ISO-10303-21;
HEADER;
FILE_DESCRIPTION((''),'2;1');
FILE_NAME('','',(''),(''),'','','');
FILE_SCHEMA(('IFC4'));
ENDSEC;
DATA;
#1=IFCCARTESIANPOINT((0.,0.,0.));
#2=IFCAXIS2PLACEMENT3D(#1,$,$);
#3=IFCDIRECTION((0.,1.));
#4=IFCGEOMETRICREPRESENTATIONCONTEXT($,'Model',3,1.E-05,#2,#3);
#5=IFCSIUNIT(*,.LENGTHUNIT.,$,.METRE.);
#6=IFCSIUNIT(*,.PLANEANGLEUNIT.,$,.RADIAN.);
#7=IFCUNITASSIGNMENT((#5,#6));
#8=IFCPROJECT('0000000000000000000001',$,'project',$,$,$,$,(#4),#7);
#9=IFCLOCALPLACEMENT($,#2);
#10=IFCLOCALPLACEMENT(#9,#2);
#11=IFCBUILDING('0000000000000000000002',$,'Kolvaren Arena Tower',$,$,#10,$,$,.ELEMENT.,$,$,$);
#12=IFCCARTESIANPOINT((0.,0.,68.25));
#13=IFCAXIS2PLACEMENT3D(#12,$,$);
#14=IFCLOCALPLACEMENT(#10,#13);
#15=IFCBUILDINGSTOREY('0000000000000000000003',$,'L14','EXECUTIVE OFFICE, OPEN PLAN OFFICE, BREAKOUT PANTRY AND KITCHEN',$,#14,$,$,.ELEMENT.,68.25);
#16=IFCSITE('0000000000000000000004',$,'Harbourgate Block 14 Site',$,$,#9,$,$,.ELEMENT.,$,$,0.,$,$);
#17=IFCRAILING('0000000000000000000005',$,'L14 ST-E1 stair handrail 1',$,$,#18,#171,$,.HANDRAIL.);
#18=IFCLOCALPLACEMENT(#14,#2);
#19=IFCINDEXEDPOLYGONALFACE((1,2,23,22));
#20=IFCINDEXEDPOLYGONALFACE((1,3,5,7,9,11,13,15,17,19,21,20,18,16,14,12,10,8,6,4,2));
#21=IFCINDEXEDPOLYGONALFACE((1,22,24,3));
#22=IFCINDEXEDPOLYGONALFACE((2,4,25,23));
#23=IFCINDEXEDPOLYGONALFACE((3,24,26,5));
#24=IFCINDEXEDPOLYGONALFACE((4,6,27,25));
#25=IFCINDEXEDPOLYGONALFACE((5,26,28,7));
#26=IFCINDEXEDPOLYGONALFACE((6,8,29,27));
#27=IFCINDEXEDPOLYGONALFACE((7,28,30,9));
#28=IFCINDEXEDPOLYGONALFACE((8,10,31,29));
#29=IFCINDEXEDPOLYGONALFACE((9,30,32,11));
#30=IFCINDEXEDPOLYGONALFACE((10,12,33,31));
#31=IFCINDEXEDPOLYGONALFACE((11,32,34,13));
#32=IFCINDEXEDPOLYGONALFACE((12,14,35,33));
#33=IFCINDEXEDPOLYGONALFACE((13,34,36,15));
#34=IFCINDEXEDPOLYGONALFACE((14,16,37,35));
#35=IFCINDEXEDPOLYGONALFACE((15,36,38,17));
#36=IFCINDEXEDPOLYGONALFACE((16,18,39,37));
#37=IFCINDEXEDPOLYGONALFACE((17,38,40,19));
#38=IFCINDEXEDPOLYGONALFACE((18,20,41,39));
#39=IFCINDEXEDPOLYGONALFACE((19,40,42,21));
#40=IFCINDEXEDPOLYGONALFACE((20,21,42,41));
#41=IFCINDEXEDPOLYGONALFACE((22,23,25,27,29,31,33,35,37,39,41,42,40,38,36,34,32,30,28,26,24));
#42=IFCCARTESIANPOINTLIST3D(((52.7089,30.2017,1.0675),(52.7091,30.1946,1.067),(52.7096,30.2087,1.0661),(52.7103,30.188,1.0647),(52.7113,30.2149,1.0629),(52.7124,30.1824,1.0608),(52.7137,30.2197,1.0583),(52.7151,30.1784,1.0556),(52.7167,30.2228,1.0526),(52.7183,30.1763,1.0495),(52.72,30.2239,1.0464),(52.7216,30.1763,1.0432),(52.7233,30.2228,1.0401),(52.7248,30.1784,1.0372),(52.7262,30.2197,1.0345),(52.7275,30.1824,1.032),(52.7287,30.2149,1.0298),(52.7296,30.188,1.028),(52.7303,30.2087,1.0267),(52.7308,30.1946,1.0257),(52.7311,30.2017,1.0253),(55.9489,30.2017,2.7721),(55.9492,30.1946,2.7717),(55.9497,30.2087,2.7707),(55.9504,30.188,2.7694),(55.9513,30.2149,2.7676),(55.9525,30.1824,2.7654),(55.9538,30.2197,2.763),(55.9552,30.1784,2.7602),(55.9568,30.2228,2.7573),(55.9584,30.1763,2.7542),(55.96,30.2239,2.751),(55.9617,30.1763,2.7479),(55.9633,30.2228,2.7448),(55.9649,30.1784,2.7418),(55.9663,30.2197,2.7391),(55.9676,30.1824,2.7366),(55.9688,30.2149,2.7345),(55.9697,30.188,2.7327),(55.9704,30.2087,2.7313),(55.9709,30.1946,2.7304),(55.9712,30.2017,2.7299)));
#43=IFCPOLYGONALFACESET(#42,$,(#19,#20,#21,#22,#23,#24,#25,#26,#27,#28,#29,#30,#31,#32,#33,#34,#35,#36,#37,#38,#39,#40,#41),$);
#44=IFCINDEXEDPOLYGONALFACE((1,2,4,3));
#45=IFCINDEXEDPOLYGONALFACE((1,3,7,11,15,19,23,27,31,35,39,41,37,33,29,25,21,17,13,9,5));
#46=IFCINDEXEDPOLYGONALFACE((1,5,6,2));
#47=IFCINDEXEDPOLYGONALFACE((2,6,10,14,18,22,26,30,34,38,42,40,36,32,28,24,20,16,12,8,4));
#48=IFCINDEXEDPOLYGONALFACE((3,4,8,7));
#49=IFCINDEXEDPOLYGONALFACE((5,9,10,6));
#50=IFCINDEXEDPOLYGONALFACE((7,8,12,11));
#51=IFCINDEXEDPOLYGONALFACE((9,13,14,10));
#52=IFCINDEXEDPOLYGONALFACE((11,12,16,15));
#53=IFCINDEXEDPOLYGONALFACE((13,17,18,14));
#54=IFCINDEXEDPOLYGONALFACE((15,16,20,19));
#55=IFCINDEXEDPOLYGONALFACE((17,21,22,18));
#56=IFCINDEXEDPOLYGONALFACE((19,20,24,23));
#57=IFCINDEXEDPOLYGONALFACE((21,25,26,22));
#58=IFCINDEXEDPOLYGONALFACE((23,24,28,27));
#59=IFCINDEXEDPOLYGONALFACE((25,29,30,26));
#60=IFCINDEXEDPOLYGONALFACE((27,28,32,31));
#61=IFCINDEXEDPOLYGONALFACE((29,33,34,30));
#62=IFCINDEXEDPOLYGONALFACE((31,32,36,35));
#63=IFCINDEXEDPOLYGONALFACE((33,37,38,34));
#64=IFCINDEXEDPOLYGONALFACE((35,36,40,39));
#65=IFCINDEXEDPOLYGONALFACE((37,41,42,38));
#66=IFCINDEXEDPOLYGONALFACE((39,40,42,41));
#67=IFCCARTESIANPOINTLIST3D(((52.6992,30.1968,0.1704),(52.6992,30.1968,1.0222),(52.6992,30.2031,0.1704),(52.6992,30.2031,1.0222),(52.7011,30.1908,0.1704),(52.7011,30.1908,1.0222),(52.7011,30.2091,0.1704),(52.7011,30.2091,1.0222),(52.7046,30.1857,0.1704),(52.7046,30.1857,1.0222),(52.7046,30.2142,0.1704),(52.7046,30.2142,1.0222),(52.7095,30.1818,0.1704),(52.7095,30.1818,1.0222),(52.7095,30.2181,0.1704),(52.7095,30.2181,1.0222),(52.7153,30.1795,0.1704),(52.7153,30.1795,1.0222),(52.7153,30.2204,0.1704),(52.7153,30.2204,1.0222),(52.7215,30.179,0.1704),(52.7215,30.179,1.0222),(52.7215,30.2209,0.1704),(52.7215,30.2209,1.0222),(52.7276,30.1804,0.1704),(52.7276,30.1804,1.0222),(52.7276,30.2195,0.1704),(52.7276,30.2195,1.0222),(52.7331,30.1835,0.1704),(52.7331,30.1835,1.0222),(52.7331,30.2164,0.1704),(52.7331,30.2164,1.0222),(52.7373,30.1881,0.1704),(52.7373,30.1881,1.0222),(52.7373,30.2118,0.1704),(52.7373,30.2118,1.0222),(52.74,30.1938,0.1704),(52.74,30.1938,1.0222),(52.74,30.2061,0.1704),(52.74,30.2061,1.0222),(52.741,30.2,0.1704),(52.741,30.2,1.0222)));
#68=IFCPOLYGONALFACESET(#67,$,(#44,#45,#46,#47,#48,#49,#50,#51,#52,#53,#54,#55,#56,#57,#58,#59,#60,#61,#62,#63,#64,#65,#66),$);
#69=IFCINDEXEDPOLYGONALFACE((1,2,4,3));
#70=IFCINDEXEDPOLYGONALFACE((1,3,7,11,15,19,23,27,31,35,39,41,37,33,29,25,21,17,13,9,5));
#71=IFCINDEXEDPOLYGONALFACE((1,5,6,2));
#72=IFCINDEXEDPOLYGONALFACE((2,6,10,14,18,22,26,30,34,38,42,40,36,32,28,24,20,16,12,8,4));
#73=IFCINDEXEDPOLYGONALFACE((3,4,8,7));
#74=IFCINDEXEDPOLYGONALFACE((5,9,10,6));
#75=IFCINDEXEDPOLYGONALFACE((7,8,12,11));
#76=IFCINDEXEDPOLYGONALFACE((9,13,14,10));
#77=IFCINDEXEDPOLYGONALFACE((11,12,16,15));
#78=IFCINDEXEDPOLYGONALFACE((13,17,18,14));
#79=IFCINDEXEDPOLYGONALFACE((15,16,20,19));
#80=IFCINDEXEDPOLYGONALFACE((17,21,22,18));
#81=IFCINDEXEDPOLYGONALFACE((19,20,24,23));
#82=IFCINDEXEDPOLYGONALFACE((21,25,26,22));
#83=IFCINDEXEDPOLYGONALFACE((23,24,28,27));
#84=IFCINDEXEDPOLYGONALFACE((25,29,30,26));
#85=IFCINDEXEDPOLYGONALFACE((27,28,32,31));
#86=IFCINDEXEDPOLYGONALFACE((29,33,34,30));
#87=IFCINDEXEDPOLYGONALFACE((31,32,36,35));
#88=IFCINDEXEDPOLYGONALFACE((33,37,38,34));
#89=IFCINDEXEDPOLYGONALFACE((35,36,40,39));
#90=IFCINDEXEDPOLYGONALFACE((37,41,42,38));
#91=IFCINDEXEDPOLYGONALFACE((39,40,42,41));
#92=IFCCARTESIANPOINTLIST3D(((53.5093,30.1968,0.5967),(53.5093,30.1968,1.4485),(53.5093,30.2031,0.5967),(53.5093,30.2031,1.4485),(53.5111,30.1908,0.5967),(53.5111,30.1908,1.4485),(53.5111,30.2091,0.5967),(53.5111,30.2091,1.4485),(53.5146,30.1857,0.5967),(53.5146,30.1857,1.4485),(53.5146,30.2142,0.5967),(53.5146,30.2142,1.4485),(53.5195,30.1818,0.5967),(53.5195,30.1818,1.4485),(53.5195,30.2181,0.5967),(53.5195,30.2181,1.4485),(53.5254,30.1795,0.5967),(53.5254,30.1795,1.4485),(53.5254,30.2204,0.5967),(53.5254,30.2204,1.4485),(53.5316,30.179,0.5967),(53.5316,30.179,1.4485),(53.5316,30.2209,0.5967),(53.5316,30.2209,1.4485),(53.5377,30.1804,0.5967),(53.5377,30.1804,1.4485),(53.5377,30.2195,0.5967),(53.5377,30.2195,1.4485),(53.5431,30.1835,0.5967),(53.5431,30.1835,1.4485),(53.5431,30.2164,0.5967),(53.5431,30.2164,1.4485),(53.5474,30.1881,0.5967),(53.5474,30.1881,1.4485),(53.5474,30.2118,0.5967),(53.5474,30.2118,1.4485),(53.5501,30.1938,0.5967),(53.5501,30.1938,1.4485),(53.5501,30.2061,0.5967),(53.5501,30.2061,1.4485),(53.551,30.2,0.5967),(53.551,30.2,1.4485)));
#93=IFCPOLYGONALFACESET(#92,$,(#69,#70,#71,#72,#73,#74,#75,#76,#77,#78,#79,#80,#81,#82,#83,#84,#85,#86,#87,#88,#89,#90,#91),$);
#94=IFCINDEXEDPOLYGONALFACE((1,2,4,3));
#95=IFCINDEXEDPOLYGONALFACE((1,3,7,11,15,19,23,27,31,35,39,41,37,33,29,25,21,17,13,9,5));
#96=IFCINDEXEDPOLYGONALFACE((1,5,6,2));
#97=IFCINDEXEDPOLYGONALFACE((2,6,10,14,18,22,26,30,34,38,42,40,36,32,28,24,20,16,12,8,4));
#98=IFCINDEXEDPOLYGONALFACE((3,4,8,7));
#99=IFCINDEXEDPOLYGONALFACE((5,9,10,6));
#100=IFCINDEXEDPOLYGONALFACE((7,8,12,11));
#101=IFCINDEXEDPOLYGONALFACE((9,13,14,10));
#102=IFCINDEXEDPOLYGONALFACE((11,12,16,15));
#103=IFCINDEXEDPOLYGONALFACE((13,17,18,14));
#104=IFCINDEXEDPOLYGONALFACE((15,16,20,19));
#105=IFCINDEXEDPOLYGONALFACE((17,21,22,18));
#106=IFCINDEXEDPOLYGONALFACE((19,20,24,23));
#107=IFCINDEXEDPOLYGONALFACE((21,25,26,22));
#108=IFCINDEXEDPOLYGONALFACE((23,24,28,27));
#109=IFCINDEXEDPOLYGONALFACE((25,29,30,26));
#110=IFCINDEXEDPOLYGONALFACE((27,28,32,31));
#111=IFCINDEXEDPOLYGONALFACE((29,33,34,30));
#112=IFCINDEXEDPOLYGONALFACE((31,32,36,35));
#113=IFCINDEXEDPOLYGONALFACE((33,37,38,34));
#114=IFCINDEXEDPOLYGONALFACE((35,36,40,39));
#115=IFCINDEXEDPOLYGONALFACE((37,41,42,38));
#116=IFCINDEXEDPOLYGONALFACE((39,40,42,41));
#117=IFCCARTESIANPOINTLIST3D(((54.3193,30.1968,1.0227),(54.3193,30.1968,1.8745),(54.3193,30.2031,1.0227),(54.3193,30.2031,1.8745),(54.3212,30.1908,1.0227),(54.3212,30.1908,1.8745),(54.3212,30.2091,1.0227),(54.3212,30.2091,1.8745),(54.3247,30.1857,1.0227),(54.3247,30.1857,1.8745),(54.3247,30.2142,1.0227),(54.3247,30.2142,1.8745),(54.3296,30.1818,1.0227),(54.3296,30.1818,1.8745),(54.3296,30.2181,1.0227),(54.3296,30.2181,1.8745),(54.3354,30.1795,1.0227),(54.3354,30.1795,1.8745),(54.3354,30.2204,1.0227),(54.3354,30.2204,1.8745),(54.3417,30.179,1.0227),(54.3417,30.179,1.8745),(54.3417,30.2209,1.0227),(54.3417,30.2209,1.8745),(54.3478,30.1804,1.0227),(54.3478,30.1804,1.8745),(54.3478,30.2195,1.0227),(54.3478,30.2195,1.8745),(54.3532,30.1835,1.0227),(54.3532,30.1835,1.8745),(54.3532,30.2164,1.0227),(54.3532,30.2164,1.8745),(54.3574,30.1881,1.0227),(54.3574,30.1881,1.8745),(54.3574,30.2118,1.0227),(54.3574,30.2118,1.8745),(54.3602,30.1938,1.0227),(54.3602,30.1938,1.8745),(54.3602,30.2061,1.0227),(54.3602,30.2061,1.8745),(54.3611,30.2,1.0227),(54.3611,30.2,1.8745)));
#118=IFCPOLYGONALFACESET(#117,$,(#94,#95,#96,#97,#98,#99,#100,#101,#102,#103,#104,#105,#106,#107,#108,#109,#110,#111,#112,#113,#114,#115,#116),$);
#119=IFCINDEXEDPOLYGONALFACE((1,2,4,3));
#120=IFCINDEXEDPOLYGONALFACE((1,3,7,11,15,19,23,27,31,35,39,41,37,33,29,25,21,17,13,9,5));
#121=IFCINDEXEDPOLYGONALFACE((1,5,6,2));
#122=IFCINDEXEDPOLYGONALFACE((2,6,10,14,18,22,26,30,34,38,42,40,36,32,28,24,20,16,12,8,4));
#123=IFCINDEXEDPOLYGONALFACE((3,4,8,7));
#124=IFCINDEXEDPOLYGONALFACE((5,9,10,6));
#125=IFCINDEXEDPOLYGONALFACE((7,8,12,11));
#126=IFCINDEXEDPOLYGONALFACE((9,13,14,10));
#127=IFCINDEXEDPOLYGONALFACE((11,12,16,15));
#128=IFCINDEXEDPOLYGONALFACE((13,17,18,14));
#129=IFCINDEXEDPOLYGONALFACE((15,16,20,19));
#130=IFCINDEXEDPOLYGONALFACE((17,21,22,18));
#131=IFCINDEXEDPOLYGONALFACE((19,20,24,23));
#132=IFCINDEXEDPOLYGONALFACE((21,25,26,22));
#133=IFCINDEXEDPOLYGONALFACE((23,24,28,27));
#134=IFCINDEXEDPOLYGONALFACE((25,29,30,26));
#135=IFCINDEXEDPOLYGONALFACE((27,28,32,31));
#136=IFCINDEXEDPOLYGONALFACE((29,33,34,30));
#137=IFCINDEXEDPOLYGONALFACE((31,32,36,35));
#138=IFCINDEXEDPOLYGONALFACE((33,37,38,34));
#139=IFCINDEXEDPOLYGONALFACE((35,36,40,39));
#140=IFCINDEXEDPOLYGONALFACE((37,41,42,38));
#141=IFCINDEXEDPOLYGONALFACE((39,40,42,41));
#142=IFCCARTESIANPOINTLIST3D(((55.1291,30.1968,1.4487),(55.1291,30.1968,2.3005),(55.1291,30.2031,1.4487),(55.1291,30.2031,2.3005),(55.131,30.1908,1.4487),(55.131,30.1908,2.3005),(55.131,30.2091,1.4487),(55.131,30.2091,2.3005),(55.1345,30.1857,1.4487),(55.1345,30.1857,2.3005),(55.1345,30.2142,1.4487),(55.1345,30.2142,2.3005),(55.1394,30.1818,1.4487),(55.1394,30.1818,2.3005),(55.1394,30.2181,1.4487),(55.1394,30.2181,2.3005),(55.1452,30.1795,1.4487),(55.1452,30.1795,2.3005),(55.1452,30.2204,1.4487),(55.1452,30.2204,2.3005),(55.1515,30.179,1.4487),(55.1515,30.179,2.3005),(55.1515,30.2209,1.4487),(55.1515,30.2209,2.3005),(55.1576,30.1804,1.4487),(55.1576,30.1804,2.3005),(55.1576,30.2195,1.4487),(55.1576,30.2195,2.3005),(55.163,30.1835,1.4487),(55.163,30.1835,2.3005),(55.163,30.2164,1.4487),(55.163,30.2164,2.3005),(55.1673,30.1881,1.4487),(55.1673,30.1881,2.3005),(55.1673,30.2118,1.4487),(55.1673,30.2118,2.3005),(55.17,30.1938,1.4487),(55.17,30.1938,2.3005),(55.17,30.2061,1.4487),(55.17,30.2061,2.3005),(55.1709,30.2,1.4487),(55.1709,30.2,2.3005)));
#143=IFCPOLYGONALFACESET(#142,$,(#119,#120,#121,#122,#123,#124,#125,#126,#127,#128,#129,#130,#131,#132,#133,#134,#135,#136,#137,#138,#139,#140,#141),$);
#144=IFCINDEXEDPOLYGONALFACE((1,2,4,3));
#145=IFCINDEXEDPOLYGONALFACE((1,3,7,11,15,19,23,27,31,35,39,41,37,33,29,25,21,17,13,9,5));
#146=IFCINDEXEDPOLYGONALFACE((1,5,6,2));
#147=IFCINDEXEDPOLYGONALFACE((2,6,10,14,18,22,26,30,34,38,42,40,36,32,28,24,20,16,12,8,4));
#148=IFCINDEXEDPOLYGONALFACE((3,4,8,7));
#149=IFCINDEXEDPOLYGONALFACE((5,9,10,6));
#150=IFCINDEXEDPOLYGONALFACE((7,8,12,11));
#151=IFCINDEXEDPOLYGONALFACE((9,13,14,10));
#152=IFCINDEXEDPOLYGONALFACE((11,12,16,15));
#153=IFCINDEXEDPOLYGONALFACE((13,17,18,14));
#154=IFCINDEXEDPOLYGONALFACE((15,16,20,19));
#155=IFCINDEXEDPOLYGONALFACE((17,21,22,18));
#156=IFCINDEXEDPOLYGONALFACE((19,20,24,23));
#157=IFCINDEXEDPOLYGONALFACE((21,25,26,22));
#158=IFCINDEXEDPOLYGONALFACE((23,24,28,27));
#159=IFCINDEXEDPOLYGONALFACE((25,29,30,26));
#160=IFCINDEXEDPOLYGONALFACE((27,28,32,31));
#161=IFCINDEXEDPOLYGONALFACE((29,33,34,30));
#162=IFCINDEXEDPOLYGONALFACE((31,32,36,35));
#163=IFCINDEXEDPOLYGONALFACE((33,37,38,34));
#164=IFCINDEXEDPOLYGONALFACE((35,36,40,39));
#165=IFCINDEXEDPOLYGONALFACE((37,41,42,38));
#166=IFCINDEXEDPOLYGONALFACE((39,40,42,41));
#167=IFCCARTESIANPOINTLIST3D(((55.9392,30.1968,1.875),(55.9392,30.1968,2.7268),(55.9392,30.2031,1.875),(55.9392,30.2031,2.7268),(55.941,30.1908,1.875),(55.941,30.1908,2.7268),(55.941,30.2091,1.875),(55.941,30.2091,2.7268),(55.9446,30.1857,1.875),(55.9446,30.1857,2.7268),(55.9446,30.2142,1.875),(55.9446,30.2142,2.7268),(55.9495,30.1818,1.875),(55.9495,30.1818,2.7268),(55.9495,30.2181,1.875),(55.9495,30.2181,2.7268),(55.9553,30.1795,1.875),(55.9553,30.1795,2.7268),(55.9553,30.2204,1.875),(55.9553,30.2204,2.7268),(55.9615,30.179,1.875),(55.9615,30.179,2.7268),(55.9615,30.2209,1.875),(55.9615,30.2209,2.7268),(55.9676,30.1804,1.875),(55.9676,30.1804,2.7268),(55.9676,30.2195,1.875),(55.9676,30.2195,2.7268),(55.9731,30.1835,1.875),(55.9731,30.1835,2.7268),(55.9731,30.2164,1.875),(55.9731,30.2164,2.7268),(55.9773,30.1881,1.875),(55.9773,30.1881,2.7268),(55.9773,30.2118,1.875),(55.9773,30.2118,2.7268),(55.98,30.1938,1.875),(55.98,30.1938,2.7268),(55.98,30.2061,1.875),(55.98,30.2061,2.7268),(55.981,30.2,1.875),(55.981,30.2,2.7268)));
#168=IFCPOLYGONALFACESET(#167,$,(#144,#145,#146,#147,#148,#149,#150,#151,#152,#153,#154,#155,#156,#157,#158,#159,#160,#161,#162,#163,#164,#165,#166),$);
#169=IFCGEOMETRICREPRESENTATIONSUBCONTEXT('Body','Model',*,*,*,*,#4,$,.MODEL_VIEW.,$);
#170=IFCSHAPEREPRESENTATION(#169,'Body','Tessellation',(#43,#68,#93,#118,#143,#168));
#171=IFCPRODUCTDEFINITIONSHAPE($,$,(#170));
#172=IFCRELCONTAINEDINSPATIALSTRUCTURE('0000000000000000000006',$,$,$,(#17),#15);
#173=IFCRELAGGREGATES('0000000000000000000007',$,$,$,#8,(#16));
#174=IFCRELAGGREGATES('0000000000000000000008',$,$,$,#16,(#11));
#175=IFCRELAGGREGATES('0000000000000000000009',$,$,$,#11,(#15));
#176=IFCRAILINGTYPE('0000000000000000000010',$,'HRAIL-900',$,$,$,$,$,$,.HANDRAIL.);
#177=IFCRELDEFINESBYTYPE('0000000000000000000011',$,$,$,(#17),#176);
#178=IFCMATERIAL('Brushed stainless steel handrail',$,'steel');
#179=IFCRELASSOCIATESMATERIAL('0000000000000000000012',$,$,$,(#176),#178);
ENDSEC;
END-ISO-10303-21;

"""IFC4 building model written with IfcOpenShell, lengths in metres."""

from ifc_helpers import new_model, si_unit, direction, frame, origin, origin_2d, place, context, subcontext, project, spatial, circle, extrude, material, type_object, element, save


model = new_model("IFC4")

# Units and contexts
model_context = context("Model", 3, precision=1e-05, world=origin(), true_north=direction((0.0, 1.0)))
body_context = subcontext(model_context, "Body", "Model", "MODEL_VIEW")
ifc_project = project(units=[si_unit("LENGTHUNIT", "METRE"), si_unit("PLANEANGLEUNIT", "RADIAN")], contexts=[model_context])

# Site, building, storey
site_placement = place(None, origin())
site = spatial("IfcSite", under=ifc_project, at=site_placement, Name="Harbourgate Block 14 Site", CompositionType="ELEMENT", RefElevation=0.0)
building_placement = place(site_placement, origin())
building = spatial("IfcBuilding", under=site, at=building_placement, Name="Kolvaren Arena Tower", CompositionType="ELEMENT")
storey_placement = place(building_placement, frame((0.0, 0.0, 68.25)))
storey = spatial("IfcBuildingStorey", under=building, at=storey_placement, Name="L14", Description="EXECUTIVE OFFICE, OPEN PLAN OFFICE, BREAKOUT PANTRY AND KITCHEN", CompositionType="ELEMENT", Elevation=68.25)

# Railing
ifc_material_1 = material(Name="Brushed stainless steel handrail", Category="steel")
railing_type_1 = type_object("IfcRailingType", Name="HRAIL-900", PredefinedType="HANDRAIL", material=ifc_material_1)
for number, where, name in (
    (1, (52.72, 30.2, 0.1704), "L14 ST-E1 stair handrail 1"),
):
    element("IfcRailing", number, at=place(storey_placement, frame(where)), inside=storey, type_object=railing_type_1, Name=name, PredefinedType="HANDRAIL", context=body_context, shape_type="SweptSolid", body=[
        extrude(circle(Radius=0.0239, at=origin_2d()), frame((0.0, 0.0, 0.876), z_axis=(0.884993, 0.0, 0.465604), x_axis=(0.0, 1.0, 0.0)), (0.0, 0.0, 1.0), 3.6611),
        extrude(circle(Radius=0.021, at=origin_2d()), origin(), (0.0, 0.0, 1.0), 0.8518),
        extrude(circle(Radius=0.021, at=origin_2d()), frame((0.8101, 0.0, 0.4263)), (0.0, 0.0, 1.0), 0.8518),
        extrude(circle(Radius=0.021, at=origin_2d()), frame((1.6201, 0.0, 0.8523)), (0.0, 0.0, 1.0), 0.8518),
        extrude(circle(Radius=0.021, at=origin_2d()), frame((2.4299, 0.0, 1.2783)), (0.0, 0.0, 1.0), 0.8518),
        extrude(circle(Radius=0.021, at=origin_2d()), frame((3.24, 0.0, 1.7046)), (0.0, 0.0, 1.0), 0.8518),
    ])

save(model, "model.ifc")
